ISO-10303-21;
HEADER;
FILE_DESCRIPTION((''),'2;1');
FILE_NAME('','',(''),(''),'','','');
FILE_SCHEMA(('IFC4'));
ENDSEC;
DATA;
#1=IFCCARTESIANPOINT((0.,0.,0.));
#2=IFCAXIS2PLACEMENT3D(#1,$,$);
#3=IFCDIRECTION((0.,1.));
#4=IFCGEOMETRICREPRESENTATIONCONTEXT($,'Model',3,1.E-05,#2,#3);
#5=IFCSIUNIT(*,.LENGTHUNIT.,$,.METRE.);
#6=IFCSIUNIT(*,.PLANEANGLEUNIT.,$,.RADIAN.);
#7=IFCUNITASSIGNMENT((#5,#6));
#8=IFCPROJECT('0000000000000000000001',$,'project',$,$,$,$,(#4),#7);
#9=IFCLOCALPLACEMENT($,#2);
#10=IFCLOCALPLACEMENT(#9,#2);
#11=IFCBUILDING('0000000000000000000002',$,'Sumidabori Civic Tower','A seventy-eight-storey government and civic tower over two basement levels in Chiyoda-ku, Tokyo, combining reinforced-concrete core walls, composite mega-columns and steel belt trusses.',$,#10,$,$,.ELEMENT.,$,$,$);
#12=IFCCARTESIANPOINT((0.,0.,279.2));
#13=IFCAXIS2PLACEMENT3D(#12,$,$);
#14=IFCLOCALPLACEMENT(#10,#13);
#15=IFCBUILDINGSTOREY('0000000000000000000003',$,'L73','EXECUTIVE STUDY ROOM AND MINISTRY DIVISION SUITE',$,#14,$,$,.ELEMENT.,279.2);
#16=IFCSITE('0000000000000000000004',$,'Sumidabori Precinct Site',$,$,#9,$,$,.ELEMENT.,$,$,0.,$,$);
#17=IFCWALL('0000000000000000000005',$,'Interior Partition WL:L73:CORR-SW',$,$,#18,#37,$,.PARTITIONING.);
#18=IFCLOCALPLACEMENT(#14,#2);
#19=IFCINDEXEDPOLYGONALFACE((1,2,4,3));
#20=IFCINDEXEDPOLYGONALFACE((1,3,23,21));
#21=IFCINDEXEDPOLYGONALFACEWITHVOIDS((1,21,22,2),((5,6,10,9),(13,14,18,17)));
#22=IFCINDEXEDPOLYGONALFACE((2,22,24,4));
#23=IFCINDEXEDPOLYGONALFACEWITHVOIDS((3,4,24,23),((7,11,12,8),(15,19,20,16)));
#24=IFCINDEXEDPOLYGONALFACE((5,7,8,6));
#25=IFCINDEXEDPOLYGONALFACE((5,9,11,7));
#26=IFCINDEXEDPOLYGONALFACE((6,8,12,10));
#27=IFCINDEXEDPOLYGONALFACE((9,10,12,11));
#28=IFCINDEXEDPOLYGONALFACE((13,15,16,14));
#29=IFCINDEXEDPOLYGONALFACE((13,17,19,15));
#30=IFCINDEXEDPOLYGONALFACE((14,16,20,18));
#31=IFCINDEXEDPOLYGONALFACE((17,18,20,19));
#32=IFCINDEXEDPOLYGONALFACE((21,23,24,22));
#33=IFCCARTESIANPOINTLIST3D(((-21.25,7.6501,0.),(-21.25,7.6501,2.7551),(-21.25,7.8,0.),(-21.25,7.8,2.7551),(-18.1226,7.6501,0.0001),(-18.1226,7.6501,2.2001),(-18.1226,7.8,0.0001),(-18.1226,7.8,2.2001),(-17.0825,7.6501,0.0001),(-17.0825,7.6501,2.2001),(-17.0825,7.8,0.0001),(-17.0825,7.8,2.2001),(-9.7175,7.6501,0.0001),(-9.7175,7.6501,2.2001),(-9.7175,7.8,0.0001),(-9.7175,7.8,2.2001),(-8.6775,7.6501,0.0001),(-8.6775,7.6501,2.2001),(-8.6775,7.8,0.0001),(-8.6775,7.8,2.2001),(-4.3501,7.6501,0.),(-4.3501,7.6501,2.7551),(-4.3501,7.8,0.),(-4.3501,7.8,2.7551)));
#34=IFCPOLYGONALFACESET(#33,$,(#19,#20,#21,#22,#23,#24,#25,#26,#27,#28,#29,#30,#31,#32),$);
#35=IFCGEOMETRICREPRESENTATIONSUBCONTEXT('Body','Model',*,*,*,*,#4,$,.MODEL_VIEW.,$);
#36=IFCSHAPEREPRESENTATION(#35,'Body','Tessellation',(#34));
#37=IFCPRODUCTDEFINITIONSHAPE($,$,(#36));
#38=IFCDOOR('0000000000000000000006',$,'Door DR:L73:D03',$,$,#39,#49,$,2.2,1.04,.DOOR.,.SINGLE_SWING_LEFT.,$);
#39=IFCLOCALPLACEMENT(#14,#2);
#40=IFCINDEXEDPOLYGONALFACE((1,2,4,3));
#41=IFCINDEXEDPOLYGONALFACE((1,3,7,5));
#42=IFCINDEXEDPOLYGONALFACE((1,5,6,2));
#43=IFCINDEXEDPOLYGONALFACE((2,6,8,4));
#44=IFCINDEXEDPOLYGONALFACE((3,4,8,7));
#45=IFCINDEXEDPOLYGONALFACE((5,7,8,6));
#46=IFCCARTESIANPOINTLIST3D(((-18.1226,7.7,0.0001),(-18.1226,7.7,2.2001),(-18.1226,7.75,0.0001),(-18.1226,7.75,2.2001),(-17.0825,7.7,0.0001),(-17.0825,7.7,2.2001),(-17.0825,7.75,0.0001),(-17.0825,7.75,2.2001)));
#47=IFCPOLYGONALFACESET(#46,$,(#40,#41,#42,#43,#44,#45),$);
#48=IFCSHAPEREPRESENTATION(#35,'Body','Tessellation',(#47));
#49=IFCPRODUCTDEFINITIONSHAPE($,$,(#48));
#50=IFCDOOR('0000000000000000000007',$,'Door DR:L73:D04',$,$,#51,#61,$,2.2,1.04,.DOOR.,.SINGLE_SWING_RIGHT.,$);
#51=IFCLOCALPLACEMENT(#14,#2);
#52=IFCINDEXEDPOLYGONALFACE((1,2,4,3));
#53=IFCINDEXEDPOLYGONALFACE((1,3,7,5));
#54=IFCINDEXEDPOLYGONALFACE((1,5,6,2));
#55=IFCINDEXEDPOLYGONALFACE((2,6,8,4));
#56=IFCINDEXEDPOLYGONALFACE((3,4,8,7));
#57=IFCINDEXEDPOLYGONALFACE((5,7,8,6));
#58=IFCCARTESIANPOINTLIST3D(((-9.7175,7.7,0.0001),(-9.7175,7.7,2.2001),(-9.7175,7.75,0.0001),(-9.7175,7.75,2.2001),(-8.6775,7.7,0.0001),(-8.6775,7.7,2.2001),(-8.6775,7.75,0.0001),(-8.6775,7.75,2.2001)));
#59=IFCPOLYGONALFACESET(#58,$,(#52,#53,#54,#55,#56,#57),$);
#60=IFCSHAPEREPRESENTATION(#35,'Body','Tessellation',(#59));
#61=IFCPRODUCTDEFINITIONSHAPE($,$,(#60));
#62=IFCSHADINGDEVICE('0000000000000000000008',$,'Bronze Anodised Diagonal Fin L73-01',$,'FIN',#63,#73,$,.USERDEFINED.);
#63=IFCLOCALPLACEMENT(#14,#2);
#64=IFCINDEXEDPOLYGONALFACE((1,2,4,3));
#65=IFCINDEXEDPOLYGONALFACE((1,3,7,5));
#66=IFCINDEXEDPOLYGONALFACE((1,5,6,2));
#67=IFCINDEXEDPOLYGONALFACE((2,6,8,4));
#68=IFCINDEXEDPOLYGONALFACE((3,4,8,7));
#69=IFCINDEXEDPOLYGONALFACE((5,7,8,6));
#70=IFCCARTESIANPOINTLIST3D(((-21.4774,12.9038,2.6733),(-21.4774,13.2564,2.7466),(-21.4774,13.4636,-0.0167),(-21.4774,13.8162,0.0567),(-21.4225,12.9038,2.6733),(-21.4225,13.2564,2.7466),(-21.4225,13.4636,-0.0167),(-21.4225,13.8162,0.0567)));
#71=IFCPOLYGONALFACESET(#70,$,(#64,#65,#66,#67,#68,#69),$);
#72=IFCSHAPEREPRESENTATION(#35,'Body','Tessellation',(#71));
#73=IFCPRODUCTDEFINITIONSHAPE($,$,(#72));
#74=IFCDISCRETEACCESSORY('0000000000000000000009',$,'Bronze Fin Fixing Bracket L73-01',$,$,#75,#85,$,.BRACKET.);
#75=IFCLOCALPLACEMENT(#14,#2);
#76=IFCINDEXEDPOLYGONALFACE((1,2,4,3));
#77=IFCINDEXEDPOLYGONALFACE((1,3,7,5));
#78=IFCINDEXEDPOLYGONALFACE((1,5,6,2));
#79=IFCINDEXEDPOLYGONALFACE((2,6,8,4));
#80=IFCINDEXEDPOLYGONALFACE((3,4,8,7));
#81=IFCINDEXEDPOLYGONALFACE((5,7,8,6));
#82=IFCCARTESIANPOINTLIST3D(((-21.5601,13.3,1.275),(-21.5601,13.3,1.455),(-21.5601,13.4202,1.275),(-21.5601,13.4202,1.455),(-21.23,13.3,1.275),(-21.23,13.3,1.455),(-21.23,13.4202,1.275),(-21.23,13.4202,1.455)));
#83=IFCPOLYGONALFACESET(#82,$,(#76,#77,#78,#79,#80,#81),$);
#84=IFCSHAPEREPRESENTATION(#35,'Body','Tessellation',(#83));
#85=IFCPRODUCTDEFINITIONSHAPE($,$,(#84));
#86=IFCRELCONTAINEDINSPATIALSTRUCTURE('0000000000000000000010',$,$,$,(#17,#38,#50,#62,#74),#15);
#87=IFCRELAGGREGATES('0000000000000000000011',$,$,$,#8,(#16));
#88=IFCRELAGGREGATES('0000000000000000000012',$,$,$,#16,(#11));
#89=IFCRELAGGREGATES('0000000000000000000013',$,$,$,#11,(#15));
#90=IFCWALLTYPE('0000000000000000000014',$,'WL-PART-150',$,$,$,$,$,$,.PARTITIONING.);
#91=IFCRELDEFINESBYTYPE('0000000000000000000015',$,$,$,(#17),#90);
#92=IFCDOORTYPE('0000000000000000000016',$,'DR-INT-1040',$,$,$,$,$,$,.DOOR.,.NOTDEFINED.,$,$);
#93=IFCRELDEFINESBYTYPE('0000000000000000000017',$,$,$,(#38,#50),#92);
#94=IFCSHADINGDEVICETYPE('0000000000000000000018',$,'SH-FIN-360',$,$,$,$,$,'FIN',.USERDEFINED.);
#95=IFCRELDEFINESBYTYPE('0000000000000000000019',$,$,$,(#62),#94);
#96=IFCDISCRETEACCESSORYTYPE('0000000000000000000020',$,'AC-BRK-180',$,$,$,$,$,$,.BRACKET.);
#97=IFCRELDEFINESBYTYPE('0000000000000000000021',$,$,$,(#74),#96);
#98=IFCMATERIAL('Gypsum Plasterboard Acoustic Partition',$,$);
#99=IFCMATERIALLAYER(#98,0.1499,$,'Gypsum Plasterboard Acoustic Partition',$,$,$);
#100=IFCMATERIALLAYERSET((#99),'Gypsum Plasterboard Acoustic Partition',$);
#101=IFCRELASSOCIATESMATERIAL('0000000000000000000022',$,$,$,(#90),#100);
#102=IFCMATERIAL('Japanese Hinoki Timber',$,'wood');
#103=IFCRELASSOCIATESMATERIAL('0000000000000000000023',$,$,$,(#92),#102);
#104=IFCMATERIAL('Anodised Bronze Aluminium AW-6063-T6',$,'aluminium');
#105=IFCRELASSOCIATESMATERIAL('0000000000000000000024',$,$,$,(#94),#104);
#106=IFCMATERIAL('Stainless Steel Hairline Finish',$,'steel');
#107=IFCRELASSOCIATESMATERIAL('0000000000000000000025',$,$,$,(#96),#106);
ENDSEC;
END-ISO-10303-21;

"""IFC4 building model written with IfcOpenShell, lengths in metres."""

from ifc_helpers import new_model, si_unit, direction, frame, frame_2d, origin, origin_2d, place, context, subcontext, project, spatial, rectangle, extrude, source, transform, mapped, material, layer, layer_set, material_profile, profile_set, type_object, element, fill, save


model = new_model("IFC4")

# Units and contexts
model_context = context("Model", 3, precision=1e-05, world=origin(), true_north=direction((0.0, 1.0)))
body_context = subcontext(model_context, "Body", "Model", "MODEL_VIEW")
ifc_project = project(units=[si_unit("LENGTHUNIT", "METRE"), si_unit("PLANEANGLEUNIT", "RADIAN")], contexts=[model_context])

# Site, building, storey
site_placement = place(None, origin())
site = spatial("IfcSite", under=ifc_project, at=site_placement, Name="Sumidabori Precinct Site", CompositionType="ELEMENT", RefElevation=0.0)
building_placement = place(site_placement, origin())
building = spatial("IfcBuilding", under=site, at=building_placement, Name="Sumidabori Civic Tower", Description="A seventy-eight-storey government and civic tower over two basement levels in Chiyoda-ku, Tokyo, combining reinforced-concrete core walls, composite mega-columns and steel belt trusses.", CompositionType="ELEMENT")
storey_placement = place(building_placement, frame((0.0, 0.0, 279.2)))
storey = spatial("IfcBuildingStorey", under=building, at=storey_placement, Name="L73", Description="EXECUTIVE STUDY ROOM AND MINISTRY DIVISION SUITE", CompositionType="ELEMENT", Elevation=279.2)

# Shared definitions
ifc_material_1 = material(Name="Anodised Bronze Aluminium AW-6063-T6", Category="aluminium")

# Shared definitions
ifc_material_2 = material(Name="Gypsum Plasterboard Acoustic Partition")
ifc_layer_1 = layer(ifc_material_2, 0.1499, Name="Gypsum Plasterboard Acoustic Partition")
ifc_layer_set_1 = layer_set([ifc_layer_1], Name="Gypsum Plasterboard Acoustic Partition")
wall_type_1 = type_object("IfcWallType", Name="WL-PART-150", PredefinedType="PARTITIONING", material=ifc_layer_set_1)
ifc_material_3 = material(Name="Japanese Hinoki Timber", Category="wood")

# Wall, openings, doors
shared_shape_1 = source(origin(), body_context, "Body", "SweptSolid", [
    extrude(rectangle(XDim=16.8999, YDim=0.1499, at=frame_2d((8.45, 0.0))), origin(), (0.0, 0.0, 1.0), 2.7551),
])
wall_1_placement = place(storey_placement, frame((-21.25, 7.7251, 0.0), z_axis=(0.0, 0.0, 1.0), x_axis=(1.0, 0.0, 0.0)))
wall_1 = element("IfcWall", 1, at=wall_1_placement, inside=storey, type_object=wall_type_1, Name="Interior Partition WL:L73:CORR-SW", PredefinedType="PARTITIONING", context=body_context, shape_type="MappedRepresentation", body=[
    mapped(shared_shape_1, transform((0.0, 0.0, 0.0), x_axis=(1.0, 0.0, 0.0), y_axis=(0.0, 1.0, 0.0), z_axis=(0.0, 0.0, 1.0), scale=1.0)),
])
opening_1_placement = place(wall_1_placement, frame((3.1274, 0.0, 0.0)))
opening_1 = element("IfcOpeningElement", 2, at=opening_1_placement, cuts=wall_1, PredefinedType="OPENING", context=body_context, shape_type="SweptSolid", body=[
    extrude(rectangle(XDim=1.04, YDim=2.2, at=frame_2d((0.52, 1.1001))), frame((0.0, 0.0869, 0.0), z_axis=(0.0, -1.0, 0.0), x_axis=(1.0, 0.0, 0.0)), (0.0, 0.0, 1.0), 0.1738),
])
opening_2_placement = place(wall_1_placement, frame((11.5325, 0.0, 0.0)))
opening_2 = element("IfcOpeningElement", 3, at=opening_2_placement, cuts=wall_1, PredefinedType="OPENING", context=body_context, shape_type="SweptSolid", body=[
    extrude(rectangle(XDim=1.04, YDim=2.2, at=frame_2d((0.52, 1.1001))), frame((0.0, 0.0869, 0.0), z_axis=(0.0, -1.0, 0.0), x_axis=(1.0, 0.0, 0.0)), (0.0, 0.0, 1.0), 0.1738),
])
door_type_1 = type_object("IfcDoorType", Name="DR-INT-1040", OperationType="NOTDEFINED", PredefinedType="DOOR", material=ifc_material_3)
shared_shape_2 = source(origin(), body_context, "Body", "SweptSolid", [
    extrude(rectangle(XDim=1.04, YDim=2.2, at=frame_2d((0.52, 1.1001))), frame((0.0, 0.0249, 0.0), z_axis=(0.0, -1.0, 0.0), x_axis=(1.0, 0.0, 0.0)), (0.0, 0.0, 1.0), 0.05),
])
door_1_placement = place(opening_1_placement, origin())
door_1 = element("IfcDoor", 4, at=door_1_placement, inside=storey, type_object=door_type_1, Name="Door DR:L73:D03", OperationType="SINGLE_SWING_LEFT", OverallHeight=2.2, OverallWidth=1.04, PredefinedType="DOOR", context=body_context, shape_type="MappedRepresentation", body=[
    mapped(shared_shape_2, transform((0.0, 0.0, 0.0), x_axis=(1.0, 0.0, 0.0), y_axis=(0.0, 1.0, 0.0), z_axis=(0.0, 0.0, 1.0), scale=1.0)),
])
fill(opening_1, door_1)
door_2_placement = place(opening_2_placement, origin())
door_2 = element("IfcDoor", 5, at=door_2_placement, inside=storey, type_object=door_type_1, Name="Door DR:L73:D04", OperationType="SINGLE_SWING_RIGHT", OverallHeight=2.2, OverallWidth=1.04, PredefinedType="DOOR", context=body_context, shape_type="MappedRepresentation", body=[
    mapped(shared_shape_2, transform((0.0, 0.0, 0.0), x_axis=(1.0, 0.0, 0.0), y_axis=(0.0, 1.0, 0.0), z_axis=(0.0, 0.0, 1.0), scale=1.0)),
])
fill(opening_2, door_2)

# Shading device
ifc_material_profile_1 = material_profile(ifc_material_1, rectangle(XDim=0.0549, YDim=0.3601, at=origin_2d()), Name="BRONZE FIN 360x55")
ifc_profile_set_1 = profile_set([ifc_material_profile_1], Name="Anodised Bronze Aluminium AW-6063-T6")
shading_device_type = type_object("IfcShadingDeviceType", Name="SH-FIN-360", ElementType="FIN", PredefinedType="USERDEFINED", material=ifc_profile_set_1)
shared_shape_3 = source(origin(), body_context, "Body", "SweptSolid", [
    extrude(rectangle(XDim=0.0549, YDim=0.3601, at=origin_2d()), origin(), (0.0, 0.0, 1.0), 2.7476),
])
shading_device_placement = place(storey_placement, frame((-21.45, 13.6399, 0.02), z_axis=(0.0, -0.203748, 0.979023), x_axis=(-1.0, 0.0, 0.0)))
element("IfcShadingDevice", 6, at=shading_device_placement, inside=storey, type_object=shading_device_type, Name="Bronze Anodised Diagonal Fin L73-01", ObjectType="FIN", PredefinedType="USERDEFINED", context=body_context, shape_type="MappedRepresentation", body=[
    mapped(shared_shape_3, transform((0.0, 0.0, 0.0), x_axis=(1.0, 0.0, 0.0), y_axis=(0.0, 1.0, 0.0), z_axis=(0.0, 0.0, 1.0), scale=1.0)),
])

# Discrete accessory
ifc_material_4 = material(Name="Stainless Steel Hairline Finish", Category="steel")
ifc_material_profile_2 = material_profile(ifc_material_4, rectangle(XDim=0.1201, YDim=0.1799, at=origin_2d()), Name="STEEL BRACKET 180x120")
ifc_profile_set_2 = profile_set([ifc_material_profile_2], Name="Stainless Steel Hairline Finish")
discrete_accessory_type = type_object("IfcDiscreteAccessoryType", Name="AC-BRK-180", PredefinedType="BRACKET", material=ifc_profile_set_2)
shared_shape_4 = source(origin(), body_context, "Body", "SweptSolid", [
    extrude(rectangle(XDim=0.1201, YDim=0.1799, at=origin_2d()), origin(), (0.0, 0.0, 1.0), 0.3301),
])
discrete_accessory_placement = place(storey_placement, frame((-21.23, 13.3601, 1.365), z_axis=(-1.0, 0.0, 0.0), x_axis=(0.0, -1.0, 0.0)))
element("IfcDiscreteAccessory", 7, at=discrete_accessory_placement, inside=storey, type_object=discrete_accessory_type, Name="Bronze Fin Fixing Bracket L73-01", PredefinedType="BRACKET", context=body_context, shape_type="MappedRepresentation", body=[
    mapped(shared_shape_4, transform((0.0, 0.0, 0.0), x_axis=(1.0, 0.0, 0.0), y_axis=(0.0, 1.0, 0.0), z_axis=(0.0, 0.0, 1.0), scale=1.0)),
])

save(model, "model.ifc")
